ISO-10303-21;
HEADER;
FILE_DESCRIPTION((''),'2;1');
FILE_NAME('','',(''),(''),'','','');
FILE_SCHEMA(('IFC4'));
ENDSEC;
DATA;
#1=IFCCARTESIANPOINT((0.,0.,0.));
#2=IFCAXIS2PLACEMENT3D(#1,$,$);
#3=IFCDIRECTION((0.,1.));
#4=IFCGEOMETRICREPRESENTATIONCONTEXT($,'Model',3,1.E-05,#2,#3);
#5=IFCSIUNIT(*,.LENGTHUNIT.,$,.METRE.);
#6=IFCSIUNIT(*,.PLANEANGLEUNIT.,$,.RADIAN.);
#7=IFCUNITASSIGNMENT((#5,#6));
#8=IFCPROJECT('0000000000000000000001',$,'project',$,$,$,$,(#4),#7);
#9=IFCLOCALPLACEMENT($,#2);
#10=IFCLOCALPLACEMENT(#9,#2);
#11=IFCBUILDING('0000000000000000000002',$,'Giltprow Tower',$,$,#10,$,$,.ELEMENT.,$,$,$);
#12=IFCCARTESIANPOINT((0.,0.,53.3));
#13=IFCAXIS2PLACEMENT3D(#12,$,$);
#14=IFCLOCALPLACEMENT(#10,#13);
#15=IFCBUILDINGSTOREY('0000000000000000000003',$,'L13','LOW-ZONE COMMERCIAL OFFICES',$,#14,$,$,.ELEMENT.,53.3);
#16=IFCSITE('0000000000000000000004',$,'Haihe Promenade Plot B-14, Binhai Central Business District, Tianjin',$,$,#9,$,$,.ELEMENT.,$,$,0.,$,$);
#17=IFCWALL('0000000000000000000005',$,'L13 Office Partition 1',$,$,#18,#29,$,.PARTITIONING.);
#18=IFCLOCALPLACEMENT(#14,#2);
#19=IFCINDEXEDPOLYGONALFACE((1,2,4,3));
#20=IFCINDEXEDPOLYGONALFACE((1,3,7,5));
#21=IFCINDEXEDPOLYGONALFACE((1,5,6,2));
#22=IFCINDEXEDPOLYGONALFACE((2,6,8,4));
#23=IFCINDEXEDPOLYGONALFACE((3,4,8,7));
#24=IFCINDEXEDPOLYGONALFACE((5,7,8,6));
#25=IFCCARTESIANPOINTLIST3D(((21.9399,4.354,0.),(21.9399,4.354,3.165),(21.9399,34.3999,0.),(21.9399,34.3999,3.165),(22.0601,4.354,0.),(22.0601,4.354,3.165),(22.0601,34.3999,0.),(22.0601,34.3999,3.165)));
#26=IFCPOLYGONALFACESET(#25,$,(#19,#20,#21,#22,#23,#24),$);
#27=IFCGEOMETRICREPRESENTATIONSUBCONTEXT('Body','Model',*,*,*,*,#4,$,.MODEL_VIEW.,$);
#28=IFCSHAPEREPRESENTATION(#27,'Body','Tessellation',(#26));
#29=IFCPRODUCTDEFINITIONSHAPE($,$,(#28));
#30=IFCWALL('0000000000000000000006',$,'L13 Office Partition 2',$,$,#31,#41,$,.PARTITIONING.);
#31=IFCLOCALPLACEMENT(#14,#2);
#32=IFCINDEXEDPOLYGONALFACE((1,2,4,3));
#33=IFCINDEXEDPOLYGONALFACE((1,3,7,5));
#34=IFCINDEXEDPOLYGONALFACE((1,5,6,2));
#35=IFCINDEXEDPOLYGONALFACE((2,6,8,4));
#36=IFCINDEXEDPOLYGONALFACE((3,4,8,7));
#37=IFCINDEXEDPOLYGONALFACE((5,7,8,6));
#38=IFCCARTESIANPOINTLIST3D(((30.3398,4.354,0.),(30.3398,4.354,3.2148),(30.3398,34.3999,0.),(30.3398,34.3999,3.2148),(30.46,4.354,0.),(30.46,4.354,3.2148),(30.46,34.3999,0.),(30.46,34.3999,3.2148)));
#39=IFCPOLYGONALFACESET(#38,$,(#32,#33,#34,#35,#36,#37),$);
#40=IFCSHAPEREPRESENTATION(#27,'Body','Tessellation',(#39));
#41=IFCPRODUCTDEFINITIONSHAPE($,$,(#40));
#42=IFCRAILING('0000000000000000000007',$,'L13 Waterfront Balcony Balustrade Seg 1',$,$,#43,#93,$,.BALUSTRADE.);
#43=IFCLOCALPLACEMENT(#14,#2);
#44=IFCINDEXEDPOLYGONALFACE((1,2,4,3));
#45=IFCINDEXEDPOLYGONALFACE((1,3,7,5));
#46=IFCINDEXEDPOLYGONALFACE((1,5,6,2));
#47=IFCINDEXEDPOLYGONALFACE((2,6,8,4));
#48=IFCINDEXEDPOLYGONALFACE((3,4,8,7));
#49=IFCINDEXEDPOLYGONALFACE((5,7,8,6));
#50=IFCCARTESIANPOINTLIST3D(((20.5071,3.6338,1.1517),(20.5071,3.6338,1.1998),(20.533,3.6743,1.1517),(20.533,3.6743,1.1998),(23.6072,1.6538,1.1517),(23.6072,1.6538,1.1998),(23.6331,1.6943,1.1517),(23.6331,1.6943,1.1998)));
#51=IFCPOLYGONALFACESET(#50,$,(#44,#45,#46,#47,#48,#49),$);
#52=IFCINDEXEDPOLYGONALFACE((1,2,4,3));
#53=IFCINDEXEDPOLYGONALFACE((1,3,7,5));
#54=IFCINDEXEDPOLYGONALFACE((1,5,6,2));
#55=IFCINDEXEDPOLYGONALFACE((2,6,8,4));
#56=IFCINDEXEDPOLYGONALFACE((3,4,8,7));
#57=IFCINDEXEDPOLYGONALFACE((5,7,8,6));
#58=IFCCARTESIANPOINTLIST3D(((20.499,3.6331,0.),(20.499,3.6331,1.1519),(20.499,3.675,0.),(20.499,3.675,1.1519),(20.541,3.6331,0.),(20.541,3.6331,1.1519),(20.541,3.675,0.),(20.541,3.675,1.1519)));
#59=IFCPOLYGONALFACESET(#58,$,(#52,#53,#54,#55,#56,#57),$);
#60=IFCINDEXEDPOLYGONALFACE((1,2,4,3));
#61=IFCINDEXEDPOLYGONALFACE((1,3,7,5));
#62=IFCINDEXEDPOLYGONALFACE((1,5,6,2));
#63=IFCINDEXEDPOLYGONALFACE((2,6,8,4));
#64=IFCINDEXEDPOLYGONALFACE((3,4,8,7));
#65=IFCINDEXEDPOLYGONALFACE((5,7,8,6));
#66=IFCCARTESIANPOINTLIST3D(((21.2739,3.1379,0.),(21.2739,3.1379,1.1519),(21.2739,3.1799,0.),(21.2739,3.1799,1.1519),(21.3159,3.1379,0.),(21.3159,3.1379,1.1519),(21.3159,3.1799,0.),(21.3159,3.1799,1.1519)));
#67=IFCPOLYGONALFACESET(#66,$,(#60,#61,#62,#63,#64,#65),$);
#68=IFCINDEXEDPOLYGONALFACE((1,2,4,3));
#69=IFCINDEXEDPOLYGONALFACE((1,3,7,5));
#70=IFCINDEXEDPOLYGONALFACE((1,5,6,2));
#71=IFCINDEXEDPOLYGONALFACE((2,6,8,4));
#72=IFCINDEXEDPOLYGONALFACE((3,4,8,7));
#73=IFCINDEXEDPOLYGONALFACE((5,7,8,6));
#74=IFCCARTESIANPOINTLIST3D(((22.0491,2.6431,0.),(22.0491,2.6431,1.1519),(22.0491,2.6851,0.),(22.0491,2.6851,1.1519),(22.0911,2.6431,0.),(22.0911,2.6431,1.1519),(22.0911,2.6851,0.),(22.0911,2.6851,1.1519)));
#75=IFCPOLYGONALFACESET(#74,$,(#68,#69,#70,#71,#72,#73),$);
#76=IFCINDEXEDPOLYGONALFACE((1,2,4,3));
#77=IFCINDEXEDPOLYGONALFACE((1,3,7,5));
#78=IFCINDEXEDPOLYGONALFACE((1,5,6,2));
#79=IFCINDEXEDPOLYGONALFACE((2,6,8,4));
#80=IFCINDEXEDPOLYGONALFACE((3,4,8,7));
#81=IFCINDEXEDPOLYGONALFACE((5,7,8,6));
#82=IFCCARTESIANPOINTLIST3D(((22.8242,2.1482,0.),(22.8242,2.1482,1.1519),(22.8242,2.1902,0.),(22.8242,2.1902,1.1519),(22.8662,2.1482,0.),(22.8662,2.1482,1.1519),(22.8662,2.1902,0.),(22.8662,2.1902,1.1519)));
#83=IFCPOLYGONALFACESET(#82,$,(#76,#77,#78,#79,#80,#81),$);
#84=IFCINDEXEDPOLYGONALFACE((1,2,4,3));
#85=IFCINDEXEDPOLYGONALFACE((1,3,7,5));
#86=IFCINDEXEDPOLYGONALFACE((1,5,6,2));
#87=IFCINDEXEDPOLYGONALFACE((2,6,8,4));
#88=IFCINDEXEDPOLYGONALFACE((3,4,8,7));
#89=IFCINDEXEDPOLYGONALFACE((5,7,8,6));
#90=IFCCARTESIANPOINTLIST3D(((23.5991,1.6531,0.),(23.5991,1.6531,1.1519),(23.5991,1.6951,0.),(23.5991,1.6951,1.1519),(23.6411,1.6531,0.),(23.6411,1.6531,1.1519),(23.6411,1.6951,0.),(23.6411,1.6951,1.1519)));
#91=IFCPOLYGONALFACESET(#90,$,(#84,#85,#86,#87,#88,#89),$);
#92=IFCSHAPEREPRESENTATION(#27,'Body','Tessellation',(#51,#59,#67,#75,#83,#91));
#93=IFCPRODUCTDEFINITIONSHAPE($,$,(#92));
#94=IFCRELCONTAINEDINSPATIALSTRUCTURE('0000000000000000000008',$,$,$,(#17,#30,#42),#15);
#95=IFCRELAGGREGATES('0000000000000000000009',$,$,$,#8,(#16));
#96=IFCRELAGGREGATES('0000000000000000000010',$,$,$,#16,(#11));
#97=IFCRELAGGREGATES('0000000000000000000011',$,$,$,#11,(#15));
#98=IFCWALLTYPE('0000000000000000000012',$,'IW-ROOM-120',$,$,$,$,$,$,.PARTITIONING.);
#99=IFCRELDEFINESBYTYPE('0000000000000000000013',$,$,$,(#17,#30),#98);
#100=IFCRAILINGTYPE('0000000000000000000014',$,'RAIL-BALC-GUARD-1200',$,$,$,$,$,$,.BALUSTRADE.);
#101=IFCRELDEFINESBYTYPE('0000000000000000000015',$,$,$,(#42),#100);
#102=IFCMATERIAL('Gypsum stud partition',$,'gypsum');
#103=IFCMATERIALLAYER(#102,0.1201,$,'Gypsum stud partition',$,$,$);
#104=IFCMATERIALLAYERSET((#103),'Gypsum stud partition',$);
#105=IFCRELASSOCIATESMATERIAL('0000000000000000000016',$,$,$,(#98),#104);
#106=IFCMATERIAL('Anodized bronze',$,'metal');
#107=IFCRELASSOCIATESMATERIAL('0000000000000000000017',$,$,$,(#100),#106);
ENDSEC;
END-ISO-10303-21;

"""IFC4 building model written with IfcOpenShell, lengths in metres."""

from ifc_helpers import new_model, si_unit, direction, frame, frame_2d, origin, origin_2d, place, context, subcontext, project, spatial, rectangle, extrude, material, layer, layer_set, type_object, element, save


model = new_model("IFC4")

# Units and contexts
model_context = context("Model", 3, precision=1e-05, world=origin(), true_north=direction((0.0, 1.0)))
body_context = subcontext(model_context, "Body", "Model", "MODEL_VIEW")
ifc_project = project(units=[si_unit("LENGTHUNIT", "METRE"), si_unit("PLANEANGLEUNIT", "RADIAN")], contexts=[model_context])

# Site, building, storey
site_placement = place(None, origin())
site = spatial("IfcSite", under=ifc_project, at=site_placement, Name="Haihe Promenade Plot B-14, Binhai Central Business District, Tianjin", CompositionType="ELEMENT", RefElevation=0.0)
building_placement = place(site_placement, origin())
building = spatial("IfcBuilding", under=site, at=building_placement, Name="Giltprow Tower", CompositionType="ELEMENT")
storey_placement = place(building_placement, frame((0.0, 0.0, 53.3)))
storey = spatial("IfcBuildingStorey", under=building, at=storey_placement, Name="L13", Description="LOW-ZONE COMMERCIAL OFFICES", CompositionType="ELEMENT", Elevation=53.3)

# Shared definitions
ifc_material_1 = material(Name="Anodized bronze", Category="metal")

# Walls
ifc_material_2 = material(Name="Gypsum stud partition", Category="gypsum")
ifc_layer_1 = layer(ifc_material_2, 0.1201, Name="Gypsum stud partition")
ifc_layer_set_1 = layer_set([ifc_layer_1], Name="Gypsum stud partition")
wall_type_1 = type_object("IfcWallType", Name="IW-ROOM-120", PredefinedType="PARTITIONING", material=ifc_layer_set_1)
wall_1_placement = place(storey_placement, frame((22.0, 4.354, 0.0), z_axis=(0.0, 0.0, 1.0), x_axis=(0.0, 1.0, 0.0)))
element("IfcWall", 1, at=wall_1_placement, inside=storey, type_object=wall_type_1, Name="L13 Office Partition 1", PredefinedType="PARTITIONING", context=body_context, shape_type="SweptSolid", body=[
    extrude(rectangle(XDim=30.0459, YDim=0.1201, at=frame_2d((15.0229, 0.0))), origin(), (0.0, 0.0, 1.0), 3.165),
])
wall_2_placement = place(storey_placement, frame((30.3999, 4.354, 0.0), z_axis=(0.0, 0.0, 1.0), x_axis=(0.0, 1.0, 0.0)))
element("IfcWall", 2, at=wall_2_placement, inside=storey, type_object=wall_type_1, Name="L13 Office Partition 2", PredefinedType="PARTITIONING", context=body_context, shape_type="SweptSolid", body=[
    extrude(rectangle(XDim=30.0459, YDim=0.1201, at=frame_2d((15.0229, 0.0))), origin(), (0.0, 0.0, 1.0), 3.2148),
])

# Railing
railing_type = type_object("IfcRailingType", Name="RAIL-BALC-GUARD-1200", PredefinedType="BALUSTRADE", material=ifc_material_1)
railing_1_placement = place(storey_placement, frame((20.52, 3.6541, 0.0)))
element("IfcRailing", 3, at=railing_1_placement, inside=storey, type_object=railing_type, Name="L13 Waterfront Balcony Balustrade Seg 1", PredefinedType="BALUSTRADE", context=body_context, shape_type="SweptSolid", body=[
    extrude(rectangle(XDim=0.0481, YDim=0.0481, at=origin_2d()), frame((0.0, 0.0, 1.1758), z_axis=(0.842775, -0.538266, 0.0), x_axis=(0.538266, 0.842775, 0.0)), (0.0, 0.0, 1.0), 3.6785),
    extrude(rectangle(XDim=0.042, YDim=0.042, at=origin_2d()), origin(), (0.0, 0.0, 1.0), 1.1519),
    extrude(rectangle(XDim=0.042, YDim=0.042, at=origin_2d()), frame((0.7749, -0.4951, 0.0)), (0.0, 0.0, 1.0), 1.1519),
    extrude(rectangle(XDim=0.042, YDim=0.042, at=origin_2d()), frame((1.55, -0.99, 0.0)), (0.0, 0.0, 1.0), 1.1519),
    extrude(rectangle(XDim=0.042, YDim=0.042, at=origin_2d()), frame((2.3252, -1.4849, 0.0)), (0.0, 0.0, 1.0), 1.1519),
    extrude(rectangle(XDim=0.042, YDim=0.042, at=origin_2d()), frame((3.1001, -1.98, 0.0)), (0.0, 0.0, 1.0), 1.1519),
])

save(model, "model.ifc")
